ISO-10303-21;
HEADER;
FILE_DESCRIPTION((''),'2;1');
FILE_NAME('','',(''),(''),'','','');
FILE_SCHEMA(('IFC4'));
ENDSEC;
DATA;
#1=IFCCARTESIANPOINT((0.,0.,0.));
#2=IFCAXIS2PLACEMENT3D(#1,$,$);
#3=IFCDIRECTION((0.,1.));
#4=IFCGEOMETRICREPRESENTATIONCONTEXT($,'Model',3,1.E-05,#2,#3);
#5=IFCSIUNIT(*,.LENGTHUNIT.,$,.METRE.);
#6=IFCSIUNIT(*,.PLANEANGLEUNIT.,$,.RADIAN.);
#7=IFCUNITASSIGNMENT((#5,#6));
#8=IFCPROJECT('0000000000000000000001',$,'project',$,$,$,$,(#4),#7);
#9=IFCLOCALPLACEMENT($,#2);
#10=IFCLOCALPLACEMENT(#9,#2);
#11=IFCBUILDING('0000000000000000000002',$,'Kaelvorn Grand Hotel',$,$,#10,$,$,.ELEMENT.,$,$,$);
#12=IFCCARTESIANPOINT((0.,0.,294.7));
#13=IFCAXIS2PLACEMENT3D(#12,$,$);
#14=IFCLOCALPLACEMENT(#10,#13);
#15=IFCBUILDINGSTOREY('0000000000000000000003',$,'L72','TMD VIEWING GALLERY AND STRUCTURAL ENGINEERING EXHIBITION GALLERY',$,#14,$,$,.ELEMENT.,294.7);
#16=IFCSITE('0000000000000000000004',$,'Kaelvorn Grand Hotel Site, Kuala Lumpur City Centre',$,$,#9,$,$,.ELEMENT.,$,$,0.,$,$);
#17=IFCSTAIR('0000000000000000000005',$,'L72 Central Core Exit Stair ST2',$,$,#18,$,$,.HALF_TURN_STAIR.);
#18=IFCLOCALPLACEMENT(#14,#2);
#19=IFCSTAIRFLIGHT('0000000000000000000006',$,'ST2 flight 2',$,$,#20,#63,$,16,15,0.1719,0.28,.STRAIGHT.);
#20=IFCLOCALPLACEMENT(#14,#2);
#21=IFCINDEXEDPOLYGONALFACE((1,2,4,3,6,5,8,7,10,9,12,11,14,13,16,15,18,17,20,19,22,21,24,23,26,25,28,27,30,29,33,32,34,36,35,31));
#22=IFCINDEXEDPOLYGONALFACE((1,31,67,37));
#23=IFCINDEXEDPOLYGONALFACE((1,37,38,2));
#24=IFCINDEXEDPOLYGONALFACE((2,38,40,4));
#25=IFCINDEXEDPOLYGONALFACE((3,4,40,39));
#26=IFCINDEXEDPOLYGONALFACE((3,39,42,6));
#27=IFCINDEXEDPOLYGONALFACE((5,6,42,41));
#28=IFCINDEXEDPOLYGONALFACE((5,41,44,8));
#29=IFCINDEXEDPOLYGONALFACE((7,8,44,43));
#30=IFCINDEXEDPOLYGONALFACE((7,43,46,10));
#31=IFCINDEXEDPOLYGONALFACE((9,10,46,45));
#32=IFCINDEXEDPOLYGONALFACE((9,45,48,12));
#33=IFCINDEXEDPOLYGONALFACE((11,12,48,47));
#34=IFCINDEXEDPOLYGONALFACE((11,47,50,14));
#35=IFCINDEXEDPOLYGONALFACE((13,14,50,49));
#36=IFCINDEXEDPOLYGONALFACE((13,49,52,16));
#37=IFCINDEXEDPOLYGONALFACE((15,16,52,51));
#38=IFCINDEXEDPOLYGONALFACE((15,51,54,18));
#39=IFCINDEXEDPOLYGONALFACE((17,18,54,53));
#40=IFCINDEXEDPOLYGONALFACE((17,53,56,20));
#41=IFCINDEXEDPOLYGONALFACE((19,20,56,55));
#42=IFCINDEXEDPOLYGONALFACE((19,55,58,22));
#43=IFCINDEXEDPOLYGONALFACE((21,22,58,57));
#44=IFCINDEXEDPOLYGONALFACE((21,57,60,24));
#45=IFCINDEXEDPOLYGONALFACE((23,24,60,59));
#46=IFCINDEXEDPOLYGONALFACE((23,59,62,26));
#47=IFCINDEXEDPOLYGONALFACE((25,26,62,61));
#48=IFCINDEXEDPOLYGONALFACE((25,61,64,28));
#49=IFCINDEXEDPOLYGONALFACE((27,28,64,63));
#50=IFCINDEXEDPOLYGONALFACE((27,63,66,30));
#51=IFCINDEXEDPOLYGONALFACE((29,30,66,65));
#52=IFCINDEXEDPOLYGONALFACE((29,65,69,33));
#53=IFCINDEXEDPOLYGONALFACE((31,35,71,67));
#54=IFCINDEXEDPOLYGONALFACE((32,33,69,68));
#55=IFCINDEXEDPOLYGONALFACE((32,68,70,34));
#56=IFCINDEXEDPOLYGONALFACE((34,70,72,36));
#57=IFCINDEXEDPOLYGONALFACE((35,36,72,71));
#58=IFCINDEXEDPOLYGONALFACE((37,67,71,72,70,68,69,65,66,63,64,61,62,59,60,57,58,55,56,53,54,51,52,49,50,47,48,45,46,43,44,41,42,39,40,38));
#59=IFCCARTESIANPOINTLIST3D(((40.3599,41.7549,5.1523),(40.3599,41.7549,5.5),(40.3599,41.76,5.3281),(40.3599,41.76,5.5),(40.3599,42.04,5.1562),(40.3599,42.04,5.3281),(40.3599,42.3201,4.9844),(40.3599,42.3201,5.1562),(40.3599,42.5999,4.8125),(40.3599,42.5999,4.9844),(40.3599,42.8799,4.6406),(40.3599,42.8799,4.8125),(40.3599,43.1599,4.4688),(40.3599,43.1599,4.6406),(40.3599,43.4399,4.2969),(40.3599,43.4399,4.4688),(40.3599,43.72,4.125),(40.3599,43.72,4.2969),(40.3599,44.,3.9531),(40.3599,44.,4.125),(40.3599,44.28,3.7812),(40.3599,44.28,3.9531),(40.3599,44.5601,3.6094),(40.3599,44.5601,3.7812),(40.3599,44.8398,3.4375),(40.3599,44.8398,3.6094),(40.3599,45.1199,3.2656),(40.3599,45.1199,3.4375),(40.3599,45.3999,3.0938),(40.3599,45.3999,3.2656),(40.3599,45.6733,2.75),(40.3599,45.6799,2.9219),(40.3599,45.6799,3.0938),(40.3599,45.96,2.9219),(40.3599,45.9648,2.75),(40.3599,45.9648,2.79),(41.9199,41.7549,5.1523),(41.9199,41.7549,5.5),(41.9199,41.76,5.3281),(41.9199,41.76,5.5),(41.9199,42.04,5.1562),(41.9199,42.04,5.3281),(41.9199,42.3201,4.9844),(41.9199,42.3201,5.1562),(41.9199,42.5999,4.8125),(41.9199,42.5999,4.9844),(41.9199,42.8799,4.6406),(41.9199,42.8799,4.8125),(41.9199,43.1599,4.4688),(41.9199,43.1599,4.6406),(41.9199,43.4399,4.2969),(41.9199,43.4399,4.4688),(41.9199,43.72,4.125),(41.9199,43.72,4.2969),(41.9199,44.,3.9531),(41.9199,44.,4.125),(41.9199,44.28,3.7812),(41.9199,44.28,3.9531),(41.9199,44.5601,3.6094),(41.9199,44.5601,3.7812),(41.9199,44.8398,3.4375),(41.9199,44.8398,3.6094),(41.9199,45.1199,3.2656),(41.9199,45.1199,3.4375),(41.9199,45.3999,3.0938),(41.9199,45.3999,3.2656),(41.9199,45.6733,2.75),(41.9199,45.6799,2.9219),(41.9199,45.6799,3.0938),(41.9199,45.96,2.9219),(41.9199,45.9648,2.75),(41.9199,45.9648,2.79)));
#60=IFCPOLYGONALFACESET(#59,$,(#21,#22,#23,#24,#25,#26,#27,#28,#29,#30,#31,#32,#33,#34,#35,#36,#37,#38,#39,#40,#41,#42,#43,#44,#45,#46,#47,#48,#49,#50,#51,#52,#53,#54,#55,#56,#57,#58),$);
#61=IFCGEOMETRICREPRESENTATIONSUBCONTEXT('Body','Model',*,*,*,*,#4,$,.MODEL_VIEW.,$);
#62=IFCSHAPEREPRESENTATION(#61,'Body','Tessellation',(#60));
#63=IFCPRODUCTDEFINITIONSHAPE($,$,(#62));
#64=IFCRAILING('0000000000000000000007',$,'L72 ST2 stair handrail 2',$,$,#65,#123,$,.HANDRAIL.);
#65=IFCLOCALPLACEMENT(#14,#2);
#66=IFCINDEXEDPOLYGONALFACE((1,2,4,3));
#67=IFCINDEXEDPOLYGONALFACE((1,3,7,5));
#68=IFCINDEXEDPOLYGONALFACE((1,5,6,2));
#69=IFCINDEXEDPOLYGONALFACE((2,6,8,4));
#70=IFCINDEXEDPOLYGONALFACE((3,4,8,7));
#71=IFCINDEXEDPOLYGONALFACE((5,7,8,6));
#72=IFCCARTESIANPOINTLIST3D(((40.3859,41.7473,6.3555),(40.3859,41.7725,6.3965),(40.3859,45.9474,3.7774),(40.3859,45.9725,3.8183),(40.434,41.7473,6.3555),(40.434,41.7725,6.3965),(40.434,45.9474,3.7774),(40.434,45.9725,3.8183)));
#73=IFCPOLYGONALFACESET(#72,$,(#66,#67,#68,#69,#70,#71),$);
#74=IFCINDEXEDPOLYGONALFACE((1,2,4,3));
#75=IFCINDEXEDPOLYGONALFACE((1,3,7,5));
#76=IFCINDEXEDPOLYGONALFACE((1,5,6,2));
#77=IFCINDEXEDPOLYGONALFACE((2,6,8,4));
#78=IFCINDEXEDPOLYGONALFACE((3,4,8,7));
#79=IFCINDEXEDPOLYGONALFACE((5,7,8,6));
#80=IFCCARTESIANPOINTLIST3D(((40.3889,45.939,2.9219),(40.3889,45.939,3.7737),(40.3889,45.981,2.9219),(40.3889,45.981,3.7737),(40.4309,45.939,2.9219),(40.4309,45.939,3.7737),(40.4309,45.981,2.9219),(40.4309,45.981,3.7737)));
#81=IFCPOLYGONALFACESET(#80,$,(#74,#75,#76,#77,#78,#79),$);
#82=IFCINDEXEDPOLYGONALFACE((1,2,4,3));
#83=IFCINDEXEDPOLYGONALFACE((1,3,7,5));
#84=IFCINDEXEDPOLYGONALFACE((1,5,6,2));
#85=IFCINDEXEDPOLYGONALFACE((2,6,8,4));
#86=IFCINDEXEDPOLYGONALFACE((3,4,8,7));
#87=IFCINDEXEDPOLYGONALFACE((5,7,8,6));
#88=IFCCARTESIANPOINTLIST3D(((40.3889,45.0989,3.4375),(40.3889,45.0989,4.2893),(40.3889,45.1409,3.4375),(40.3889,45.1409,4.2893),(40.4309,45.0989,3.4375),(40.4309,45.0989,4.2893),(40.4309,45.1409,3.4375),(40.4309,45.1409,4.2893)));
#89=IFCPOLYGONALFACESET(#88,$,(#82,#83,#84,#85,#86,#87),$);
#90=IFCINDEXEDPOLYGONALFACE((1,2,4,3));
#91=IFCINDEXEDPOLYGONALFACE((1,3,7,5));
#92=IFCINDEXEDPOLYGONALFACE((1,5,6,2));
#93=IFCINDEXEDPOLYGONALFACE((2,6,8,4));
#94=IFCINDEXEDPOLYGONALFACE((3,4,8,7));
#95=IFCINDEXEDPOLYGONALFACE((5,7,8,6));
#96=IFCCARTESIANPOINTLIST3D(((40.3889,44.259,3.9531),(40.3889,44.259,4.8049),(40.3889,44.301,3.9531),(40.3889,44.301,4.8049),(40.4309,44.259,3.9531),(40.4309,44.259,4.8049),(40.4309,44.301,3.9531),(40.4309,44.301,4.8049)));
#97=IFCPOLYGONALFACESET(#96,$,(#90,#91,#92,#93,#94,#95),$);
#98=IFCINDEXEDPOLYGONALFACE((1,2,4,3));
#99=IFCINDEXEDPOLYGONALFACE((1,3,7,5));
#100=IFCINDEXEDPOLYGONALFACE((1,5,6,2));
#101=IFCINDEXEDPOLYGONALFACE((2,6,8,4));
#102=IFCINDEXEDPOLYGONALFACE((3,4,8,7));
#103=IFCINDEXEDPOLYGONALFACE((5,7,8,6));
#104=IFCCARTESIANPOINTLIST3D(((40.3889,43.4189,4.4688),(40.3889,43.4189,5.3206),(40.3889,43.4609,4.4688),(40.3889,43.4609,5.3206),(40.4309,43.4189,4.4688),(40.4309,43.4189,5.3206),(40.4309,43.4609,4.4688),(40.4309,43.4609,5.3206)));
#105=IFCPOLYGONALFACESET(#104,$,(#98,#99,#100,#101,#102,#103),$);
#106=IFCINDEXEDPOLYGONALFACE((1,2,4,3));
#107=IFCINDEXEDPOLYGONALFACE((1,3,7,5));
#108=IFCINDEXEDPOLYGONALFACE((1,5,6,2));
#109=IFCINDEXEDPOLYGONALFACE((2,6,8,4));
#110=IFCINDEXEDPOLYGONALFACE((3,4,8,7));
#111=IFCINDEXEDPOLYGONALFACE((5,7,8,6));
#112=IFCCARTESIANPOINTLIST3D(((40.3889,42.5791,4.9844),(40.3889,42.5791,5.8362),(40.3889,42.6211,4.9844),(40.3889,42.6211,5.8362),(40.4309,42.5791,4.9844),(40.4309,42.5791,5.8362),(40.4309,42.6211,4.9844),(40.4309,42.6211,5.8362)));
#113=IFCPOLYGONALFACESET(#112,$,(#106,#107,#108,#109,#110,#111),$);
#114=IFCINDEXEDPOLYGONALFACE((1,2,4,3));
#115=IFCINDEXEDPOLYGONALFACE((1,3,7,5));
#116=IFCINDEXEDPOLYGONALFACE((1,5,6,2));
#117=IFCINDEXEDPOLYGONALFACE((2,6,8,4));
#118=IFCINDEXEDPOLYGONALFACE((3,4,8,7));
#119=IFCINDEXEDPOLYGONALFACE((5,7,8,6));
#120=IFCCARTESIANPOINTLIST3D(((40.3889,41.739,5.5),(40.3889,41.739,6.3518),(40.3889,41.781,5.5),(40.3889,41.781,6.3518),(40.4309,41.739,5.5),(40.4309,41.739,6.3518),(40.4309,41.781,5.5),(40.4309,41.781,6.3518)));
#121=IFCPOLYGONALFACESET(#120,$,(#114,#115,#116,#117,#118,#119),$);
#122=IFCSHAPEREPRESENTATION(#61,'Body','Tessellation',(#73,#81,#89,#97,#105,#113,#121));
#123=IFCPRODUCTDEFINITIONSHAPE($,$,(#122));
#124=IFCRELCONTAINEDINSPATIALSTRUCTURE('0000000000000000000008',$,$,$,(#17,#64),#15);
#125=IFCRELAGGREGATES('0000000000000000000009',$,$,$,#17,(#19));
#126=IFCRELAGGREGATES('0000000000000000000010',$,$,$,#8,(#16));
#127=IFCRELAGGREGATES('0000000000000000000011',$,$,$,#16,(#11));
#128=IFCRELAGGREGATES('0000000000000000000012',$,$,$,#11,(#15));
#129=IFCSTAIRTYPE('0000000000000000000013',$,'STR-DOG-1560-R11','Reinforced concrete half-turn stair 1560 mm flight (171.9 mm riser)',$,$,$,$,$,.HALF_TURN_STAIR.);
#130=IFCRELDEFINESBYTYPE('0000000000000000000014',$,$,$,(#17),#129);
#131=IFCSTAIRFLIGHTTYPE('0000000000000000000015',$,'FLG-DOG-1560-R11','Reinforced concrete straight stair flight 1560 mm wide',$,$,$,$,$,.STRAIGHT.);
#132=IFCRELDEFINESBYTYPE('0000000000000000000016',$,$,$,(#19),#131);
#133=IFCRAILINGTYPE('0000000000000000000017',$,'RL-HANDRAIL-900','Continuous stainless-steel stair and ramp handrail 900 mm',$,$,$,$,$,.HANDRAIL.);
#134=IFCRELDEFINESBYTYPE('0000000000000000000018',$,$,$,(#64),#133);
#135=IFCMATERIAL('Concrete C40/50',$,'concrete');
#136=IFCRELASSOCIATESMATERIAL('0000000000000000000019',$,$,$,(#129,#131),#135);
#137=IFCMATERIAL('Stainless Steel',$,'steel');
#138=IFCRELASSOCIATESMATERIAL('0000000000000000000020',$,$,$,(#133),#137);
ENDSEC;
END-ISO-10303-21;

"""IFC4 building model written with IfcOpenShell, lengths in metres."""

from ifc_helpers import new_model, si_unit, direction, frame, origin, origin_2d, place, context, subcontext, project, spatial, polyline, rectangle, outline, extrude, material, type_object, element, aggregate, save


model = new_model("IFC4")

# Units and contexts
model_context = context("Model", 3, precision=1e-05, world=origin(), true_north=direction((0.0, 1.0)))
body_context = subcontext(model_context, "Body", "Model", "MODEL_VIEW")
ifc_project = project(units=[si_unit("LENGTHUNIT", "METRE"), si_unit("PLANEANGLEUNIT", "RADIAN")], contexts=[model_context])

# Site, building, storey
site_placement = place(None, origin())
site = spatial("IfcSite", under=ifc_project, at=site_placement, Name="Kaelvorn Grand Hotel Site, Kuala Lumpur City Centre", CompositionType="ELEMENT", RefElevation=0.0)
building_placement = place(site_placement, origin())
building = spatial("IfcBuilding", under=site, at=building_placement, Name="Kaelvorn Grand Hotel", CompositionType="ELEMENT")
storey_placement = place(building_placement, frame((0.0, 0.0, 294.7)))
storey = spatial("IfcBuildingStorey", under=building, at=storey_placement, Name="L72", Description="TMD VIEWING GALLERY AND STRUCTURAL ENGINEERING EXHIBITION GALLERY", CompositionType="ELEMENT", Elevation=294.7)

# Shared definitions
ifc_material_1 = material(Name="Concrete C40/50", Category="concrete")

# Stair, stair flight
stair_type = type_object("IfcStairType", Name="STR-DOG-1560-R11", Description="Reinforced concrete half-turn stair 1560 mm flight (171.9 mm riser)", PredefinedType="HALF_TURN_STAIR", material=ifc_material_1)
stair_placement = place(storey_placement, origin())
stair = element("IfcStair", 1, at=stair_placement, inside=storey, type_object=stair_type, Name="L72 Central Core Exit Stair ST2", PredefinedType="HALF_TURN_STAIR")
stair_flight_type = type_object("IfcStairFlightType", Name="FLG-DOG-1560-R11", Description="Reinforced concrete straight stair flight 1560 mm wide", PredefinedType="STRAIGHT", material=ifc_material_1)
stair_flight_placement = place(storey_placement, frame((41.1399, 45.96, 2.75), z_axis=(0.0, 0.0, 1.0), x_axis=(0.0, -1.0, 0.0)))
stair_flight = element("IfcStairFlight", 2, at=stair_flight_placement, type_object=stair_flight_type, Name="ST2 flight 2", NumberOfRisers=16, NumberOfTreads=15, PredefinedType="STRAIGHT", RiserHeight=0.1719, TreadLength=0.28, context=body_context, shape_type="SweptSolid", body=[
    extrude(outline(polyline([(-0.0049, 0.0), (-0.0049, 0.04), (0.0, 0.1719), (0.28, 0.1719), (0.28, 0.3438), (0.5601, 0.3438), (0.5601, 0.5156), (0.8401, 0.5156), (0.8401, 0.6875), (1.1201, 0.6875), (1.1201, 0.8594), (1.3999, 0.8594), (1.3999, 1.0312), (1.6799, 1.0312), (1.6799, 1.2031), (1.96, 1.2031), (1.96, 1.375), (2.24, 1.375), (2.24, 1.5469), (2.52, 1.5469), (2.52, 1.7188), (2.8, 1.7188), (2.8, 1.8906), (3.0801, 1.8906), (3.0801, 2.0625), (3.3601, 2.0625), (3.3601, 2.2344), (3.6399, 2.2344), (3.6399, 2.4062), (3.9199, 2.4062), (3.9199, 2.5781), (4.2, 2.5781), (4.2, 2.75), (4.2051, 2.75), (4.2051, 2.4023), (0.2866, 0.0), (-0.0049, 0.0)])), frame((0.0, 0.78, 0.0), z_axis=(0.0, -1.0, 0.0), x_axis=(1.0, 0.0, 0.0)), (0.0, 0.0, 1.0), 1.5601),
])
aggregate(stair, [stair_flight])

# Railing
ifc_material_2 = material(Name="Stainless Steel", Category="steel")
railing_type = type_object("IfcRailingType", Name="RL-HANDRAIL-900", Description="Continuous stainless-steel stair and ramp handrail 900 mm", PredefinedType="HANDRAIL", material=ifc_material_2)
railing_placement = place(storey_placement, frame((40.4099, 45.96, 2.9219)))
element("IfcRailing", 3, at=railing_placement, inside=storey, type_object=railing_type, Name="L72 ST2 stair handrail 2", PredefinedType="HANDRAIL", context=body_context, shape_type="SweptSolid", body=[
    extrude(rectangle(XDim=0.0481, YDim=0.0481, at=origin_2d()), frame((0.0, 0.0, 0.876), z_axis=(0.0, -0.852243, 0.523146), x_axis=(1.0, 0.0, 0.0)), (0.0, 0.0, 1.0), 4.9282),
    extrude(rectangle(XDim=0.042, YDim=0.042, at=origin_2d()), origin(), (0.0, 0.0, 1.0), 0.8518),
    extrude(rectangle(XDim=0.042, YDim=0.042, at=origin_2d()), frame((0.0, -0.8401, 0.5156)), (0.0, 0.0, 1.0), 0.8518),
    extrude(rectangle(XDim=0.042, YDim=0.042, at=origin_2d()), frame((0.0, -1.6799, 1.0312)), (0.0, 0.0, 1.0), 0.8518),
    extrude(rectangle(XDim=0.042, YDim=0.042, at=origin_2d()), frame((0.0, -2.52, 1.5469)), (0.0, 0.0, 1.0), 0.8518),
    extrude(rectangle(XDim=0.042, YDim=0.042, at=origin_2d()), frame((0.0, -3.3599, 2.0625)), (0.0, 0.0, 1.0), 0.8518),
    extrude(rectangle(XDim=0.042, YDim=0.042, at=origin_2d()), frame((0.0, -4.2, 2.5781)), (0.0, 0.0, 1.0), 0.8518),
])

save(model, "model.ifc")
